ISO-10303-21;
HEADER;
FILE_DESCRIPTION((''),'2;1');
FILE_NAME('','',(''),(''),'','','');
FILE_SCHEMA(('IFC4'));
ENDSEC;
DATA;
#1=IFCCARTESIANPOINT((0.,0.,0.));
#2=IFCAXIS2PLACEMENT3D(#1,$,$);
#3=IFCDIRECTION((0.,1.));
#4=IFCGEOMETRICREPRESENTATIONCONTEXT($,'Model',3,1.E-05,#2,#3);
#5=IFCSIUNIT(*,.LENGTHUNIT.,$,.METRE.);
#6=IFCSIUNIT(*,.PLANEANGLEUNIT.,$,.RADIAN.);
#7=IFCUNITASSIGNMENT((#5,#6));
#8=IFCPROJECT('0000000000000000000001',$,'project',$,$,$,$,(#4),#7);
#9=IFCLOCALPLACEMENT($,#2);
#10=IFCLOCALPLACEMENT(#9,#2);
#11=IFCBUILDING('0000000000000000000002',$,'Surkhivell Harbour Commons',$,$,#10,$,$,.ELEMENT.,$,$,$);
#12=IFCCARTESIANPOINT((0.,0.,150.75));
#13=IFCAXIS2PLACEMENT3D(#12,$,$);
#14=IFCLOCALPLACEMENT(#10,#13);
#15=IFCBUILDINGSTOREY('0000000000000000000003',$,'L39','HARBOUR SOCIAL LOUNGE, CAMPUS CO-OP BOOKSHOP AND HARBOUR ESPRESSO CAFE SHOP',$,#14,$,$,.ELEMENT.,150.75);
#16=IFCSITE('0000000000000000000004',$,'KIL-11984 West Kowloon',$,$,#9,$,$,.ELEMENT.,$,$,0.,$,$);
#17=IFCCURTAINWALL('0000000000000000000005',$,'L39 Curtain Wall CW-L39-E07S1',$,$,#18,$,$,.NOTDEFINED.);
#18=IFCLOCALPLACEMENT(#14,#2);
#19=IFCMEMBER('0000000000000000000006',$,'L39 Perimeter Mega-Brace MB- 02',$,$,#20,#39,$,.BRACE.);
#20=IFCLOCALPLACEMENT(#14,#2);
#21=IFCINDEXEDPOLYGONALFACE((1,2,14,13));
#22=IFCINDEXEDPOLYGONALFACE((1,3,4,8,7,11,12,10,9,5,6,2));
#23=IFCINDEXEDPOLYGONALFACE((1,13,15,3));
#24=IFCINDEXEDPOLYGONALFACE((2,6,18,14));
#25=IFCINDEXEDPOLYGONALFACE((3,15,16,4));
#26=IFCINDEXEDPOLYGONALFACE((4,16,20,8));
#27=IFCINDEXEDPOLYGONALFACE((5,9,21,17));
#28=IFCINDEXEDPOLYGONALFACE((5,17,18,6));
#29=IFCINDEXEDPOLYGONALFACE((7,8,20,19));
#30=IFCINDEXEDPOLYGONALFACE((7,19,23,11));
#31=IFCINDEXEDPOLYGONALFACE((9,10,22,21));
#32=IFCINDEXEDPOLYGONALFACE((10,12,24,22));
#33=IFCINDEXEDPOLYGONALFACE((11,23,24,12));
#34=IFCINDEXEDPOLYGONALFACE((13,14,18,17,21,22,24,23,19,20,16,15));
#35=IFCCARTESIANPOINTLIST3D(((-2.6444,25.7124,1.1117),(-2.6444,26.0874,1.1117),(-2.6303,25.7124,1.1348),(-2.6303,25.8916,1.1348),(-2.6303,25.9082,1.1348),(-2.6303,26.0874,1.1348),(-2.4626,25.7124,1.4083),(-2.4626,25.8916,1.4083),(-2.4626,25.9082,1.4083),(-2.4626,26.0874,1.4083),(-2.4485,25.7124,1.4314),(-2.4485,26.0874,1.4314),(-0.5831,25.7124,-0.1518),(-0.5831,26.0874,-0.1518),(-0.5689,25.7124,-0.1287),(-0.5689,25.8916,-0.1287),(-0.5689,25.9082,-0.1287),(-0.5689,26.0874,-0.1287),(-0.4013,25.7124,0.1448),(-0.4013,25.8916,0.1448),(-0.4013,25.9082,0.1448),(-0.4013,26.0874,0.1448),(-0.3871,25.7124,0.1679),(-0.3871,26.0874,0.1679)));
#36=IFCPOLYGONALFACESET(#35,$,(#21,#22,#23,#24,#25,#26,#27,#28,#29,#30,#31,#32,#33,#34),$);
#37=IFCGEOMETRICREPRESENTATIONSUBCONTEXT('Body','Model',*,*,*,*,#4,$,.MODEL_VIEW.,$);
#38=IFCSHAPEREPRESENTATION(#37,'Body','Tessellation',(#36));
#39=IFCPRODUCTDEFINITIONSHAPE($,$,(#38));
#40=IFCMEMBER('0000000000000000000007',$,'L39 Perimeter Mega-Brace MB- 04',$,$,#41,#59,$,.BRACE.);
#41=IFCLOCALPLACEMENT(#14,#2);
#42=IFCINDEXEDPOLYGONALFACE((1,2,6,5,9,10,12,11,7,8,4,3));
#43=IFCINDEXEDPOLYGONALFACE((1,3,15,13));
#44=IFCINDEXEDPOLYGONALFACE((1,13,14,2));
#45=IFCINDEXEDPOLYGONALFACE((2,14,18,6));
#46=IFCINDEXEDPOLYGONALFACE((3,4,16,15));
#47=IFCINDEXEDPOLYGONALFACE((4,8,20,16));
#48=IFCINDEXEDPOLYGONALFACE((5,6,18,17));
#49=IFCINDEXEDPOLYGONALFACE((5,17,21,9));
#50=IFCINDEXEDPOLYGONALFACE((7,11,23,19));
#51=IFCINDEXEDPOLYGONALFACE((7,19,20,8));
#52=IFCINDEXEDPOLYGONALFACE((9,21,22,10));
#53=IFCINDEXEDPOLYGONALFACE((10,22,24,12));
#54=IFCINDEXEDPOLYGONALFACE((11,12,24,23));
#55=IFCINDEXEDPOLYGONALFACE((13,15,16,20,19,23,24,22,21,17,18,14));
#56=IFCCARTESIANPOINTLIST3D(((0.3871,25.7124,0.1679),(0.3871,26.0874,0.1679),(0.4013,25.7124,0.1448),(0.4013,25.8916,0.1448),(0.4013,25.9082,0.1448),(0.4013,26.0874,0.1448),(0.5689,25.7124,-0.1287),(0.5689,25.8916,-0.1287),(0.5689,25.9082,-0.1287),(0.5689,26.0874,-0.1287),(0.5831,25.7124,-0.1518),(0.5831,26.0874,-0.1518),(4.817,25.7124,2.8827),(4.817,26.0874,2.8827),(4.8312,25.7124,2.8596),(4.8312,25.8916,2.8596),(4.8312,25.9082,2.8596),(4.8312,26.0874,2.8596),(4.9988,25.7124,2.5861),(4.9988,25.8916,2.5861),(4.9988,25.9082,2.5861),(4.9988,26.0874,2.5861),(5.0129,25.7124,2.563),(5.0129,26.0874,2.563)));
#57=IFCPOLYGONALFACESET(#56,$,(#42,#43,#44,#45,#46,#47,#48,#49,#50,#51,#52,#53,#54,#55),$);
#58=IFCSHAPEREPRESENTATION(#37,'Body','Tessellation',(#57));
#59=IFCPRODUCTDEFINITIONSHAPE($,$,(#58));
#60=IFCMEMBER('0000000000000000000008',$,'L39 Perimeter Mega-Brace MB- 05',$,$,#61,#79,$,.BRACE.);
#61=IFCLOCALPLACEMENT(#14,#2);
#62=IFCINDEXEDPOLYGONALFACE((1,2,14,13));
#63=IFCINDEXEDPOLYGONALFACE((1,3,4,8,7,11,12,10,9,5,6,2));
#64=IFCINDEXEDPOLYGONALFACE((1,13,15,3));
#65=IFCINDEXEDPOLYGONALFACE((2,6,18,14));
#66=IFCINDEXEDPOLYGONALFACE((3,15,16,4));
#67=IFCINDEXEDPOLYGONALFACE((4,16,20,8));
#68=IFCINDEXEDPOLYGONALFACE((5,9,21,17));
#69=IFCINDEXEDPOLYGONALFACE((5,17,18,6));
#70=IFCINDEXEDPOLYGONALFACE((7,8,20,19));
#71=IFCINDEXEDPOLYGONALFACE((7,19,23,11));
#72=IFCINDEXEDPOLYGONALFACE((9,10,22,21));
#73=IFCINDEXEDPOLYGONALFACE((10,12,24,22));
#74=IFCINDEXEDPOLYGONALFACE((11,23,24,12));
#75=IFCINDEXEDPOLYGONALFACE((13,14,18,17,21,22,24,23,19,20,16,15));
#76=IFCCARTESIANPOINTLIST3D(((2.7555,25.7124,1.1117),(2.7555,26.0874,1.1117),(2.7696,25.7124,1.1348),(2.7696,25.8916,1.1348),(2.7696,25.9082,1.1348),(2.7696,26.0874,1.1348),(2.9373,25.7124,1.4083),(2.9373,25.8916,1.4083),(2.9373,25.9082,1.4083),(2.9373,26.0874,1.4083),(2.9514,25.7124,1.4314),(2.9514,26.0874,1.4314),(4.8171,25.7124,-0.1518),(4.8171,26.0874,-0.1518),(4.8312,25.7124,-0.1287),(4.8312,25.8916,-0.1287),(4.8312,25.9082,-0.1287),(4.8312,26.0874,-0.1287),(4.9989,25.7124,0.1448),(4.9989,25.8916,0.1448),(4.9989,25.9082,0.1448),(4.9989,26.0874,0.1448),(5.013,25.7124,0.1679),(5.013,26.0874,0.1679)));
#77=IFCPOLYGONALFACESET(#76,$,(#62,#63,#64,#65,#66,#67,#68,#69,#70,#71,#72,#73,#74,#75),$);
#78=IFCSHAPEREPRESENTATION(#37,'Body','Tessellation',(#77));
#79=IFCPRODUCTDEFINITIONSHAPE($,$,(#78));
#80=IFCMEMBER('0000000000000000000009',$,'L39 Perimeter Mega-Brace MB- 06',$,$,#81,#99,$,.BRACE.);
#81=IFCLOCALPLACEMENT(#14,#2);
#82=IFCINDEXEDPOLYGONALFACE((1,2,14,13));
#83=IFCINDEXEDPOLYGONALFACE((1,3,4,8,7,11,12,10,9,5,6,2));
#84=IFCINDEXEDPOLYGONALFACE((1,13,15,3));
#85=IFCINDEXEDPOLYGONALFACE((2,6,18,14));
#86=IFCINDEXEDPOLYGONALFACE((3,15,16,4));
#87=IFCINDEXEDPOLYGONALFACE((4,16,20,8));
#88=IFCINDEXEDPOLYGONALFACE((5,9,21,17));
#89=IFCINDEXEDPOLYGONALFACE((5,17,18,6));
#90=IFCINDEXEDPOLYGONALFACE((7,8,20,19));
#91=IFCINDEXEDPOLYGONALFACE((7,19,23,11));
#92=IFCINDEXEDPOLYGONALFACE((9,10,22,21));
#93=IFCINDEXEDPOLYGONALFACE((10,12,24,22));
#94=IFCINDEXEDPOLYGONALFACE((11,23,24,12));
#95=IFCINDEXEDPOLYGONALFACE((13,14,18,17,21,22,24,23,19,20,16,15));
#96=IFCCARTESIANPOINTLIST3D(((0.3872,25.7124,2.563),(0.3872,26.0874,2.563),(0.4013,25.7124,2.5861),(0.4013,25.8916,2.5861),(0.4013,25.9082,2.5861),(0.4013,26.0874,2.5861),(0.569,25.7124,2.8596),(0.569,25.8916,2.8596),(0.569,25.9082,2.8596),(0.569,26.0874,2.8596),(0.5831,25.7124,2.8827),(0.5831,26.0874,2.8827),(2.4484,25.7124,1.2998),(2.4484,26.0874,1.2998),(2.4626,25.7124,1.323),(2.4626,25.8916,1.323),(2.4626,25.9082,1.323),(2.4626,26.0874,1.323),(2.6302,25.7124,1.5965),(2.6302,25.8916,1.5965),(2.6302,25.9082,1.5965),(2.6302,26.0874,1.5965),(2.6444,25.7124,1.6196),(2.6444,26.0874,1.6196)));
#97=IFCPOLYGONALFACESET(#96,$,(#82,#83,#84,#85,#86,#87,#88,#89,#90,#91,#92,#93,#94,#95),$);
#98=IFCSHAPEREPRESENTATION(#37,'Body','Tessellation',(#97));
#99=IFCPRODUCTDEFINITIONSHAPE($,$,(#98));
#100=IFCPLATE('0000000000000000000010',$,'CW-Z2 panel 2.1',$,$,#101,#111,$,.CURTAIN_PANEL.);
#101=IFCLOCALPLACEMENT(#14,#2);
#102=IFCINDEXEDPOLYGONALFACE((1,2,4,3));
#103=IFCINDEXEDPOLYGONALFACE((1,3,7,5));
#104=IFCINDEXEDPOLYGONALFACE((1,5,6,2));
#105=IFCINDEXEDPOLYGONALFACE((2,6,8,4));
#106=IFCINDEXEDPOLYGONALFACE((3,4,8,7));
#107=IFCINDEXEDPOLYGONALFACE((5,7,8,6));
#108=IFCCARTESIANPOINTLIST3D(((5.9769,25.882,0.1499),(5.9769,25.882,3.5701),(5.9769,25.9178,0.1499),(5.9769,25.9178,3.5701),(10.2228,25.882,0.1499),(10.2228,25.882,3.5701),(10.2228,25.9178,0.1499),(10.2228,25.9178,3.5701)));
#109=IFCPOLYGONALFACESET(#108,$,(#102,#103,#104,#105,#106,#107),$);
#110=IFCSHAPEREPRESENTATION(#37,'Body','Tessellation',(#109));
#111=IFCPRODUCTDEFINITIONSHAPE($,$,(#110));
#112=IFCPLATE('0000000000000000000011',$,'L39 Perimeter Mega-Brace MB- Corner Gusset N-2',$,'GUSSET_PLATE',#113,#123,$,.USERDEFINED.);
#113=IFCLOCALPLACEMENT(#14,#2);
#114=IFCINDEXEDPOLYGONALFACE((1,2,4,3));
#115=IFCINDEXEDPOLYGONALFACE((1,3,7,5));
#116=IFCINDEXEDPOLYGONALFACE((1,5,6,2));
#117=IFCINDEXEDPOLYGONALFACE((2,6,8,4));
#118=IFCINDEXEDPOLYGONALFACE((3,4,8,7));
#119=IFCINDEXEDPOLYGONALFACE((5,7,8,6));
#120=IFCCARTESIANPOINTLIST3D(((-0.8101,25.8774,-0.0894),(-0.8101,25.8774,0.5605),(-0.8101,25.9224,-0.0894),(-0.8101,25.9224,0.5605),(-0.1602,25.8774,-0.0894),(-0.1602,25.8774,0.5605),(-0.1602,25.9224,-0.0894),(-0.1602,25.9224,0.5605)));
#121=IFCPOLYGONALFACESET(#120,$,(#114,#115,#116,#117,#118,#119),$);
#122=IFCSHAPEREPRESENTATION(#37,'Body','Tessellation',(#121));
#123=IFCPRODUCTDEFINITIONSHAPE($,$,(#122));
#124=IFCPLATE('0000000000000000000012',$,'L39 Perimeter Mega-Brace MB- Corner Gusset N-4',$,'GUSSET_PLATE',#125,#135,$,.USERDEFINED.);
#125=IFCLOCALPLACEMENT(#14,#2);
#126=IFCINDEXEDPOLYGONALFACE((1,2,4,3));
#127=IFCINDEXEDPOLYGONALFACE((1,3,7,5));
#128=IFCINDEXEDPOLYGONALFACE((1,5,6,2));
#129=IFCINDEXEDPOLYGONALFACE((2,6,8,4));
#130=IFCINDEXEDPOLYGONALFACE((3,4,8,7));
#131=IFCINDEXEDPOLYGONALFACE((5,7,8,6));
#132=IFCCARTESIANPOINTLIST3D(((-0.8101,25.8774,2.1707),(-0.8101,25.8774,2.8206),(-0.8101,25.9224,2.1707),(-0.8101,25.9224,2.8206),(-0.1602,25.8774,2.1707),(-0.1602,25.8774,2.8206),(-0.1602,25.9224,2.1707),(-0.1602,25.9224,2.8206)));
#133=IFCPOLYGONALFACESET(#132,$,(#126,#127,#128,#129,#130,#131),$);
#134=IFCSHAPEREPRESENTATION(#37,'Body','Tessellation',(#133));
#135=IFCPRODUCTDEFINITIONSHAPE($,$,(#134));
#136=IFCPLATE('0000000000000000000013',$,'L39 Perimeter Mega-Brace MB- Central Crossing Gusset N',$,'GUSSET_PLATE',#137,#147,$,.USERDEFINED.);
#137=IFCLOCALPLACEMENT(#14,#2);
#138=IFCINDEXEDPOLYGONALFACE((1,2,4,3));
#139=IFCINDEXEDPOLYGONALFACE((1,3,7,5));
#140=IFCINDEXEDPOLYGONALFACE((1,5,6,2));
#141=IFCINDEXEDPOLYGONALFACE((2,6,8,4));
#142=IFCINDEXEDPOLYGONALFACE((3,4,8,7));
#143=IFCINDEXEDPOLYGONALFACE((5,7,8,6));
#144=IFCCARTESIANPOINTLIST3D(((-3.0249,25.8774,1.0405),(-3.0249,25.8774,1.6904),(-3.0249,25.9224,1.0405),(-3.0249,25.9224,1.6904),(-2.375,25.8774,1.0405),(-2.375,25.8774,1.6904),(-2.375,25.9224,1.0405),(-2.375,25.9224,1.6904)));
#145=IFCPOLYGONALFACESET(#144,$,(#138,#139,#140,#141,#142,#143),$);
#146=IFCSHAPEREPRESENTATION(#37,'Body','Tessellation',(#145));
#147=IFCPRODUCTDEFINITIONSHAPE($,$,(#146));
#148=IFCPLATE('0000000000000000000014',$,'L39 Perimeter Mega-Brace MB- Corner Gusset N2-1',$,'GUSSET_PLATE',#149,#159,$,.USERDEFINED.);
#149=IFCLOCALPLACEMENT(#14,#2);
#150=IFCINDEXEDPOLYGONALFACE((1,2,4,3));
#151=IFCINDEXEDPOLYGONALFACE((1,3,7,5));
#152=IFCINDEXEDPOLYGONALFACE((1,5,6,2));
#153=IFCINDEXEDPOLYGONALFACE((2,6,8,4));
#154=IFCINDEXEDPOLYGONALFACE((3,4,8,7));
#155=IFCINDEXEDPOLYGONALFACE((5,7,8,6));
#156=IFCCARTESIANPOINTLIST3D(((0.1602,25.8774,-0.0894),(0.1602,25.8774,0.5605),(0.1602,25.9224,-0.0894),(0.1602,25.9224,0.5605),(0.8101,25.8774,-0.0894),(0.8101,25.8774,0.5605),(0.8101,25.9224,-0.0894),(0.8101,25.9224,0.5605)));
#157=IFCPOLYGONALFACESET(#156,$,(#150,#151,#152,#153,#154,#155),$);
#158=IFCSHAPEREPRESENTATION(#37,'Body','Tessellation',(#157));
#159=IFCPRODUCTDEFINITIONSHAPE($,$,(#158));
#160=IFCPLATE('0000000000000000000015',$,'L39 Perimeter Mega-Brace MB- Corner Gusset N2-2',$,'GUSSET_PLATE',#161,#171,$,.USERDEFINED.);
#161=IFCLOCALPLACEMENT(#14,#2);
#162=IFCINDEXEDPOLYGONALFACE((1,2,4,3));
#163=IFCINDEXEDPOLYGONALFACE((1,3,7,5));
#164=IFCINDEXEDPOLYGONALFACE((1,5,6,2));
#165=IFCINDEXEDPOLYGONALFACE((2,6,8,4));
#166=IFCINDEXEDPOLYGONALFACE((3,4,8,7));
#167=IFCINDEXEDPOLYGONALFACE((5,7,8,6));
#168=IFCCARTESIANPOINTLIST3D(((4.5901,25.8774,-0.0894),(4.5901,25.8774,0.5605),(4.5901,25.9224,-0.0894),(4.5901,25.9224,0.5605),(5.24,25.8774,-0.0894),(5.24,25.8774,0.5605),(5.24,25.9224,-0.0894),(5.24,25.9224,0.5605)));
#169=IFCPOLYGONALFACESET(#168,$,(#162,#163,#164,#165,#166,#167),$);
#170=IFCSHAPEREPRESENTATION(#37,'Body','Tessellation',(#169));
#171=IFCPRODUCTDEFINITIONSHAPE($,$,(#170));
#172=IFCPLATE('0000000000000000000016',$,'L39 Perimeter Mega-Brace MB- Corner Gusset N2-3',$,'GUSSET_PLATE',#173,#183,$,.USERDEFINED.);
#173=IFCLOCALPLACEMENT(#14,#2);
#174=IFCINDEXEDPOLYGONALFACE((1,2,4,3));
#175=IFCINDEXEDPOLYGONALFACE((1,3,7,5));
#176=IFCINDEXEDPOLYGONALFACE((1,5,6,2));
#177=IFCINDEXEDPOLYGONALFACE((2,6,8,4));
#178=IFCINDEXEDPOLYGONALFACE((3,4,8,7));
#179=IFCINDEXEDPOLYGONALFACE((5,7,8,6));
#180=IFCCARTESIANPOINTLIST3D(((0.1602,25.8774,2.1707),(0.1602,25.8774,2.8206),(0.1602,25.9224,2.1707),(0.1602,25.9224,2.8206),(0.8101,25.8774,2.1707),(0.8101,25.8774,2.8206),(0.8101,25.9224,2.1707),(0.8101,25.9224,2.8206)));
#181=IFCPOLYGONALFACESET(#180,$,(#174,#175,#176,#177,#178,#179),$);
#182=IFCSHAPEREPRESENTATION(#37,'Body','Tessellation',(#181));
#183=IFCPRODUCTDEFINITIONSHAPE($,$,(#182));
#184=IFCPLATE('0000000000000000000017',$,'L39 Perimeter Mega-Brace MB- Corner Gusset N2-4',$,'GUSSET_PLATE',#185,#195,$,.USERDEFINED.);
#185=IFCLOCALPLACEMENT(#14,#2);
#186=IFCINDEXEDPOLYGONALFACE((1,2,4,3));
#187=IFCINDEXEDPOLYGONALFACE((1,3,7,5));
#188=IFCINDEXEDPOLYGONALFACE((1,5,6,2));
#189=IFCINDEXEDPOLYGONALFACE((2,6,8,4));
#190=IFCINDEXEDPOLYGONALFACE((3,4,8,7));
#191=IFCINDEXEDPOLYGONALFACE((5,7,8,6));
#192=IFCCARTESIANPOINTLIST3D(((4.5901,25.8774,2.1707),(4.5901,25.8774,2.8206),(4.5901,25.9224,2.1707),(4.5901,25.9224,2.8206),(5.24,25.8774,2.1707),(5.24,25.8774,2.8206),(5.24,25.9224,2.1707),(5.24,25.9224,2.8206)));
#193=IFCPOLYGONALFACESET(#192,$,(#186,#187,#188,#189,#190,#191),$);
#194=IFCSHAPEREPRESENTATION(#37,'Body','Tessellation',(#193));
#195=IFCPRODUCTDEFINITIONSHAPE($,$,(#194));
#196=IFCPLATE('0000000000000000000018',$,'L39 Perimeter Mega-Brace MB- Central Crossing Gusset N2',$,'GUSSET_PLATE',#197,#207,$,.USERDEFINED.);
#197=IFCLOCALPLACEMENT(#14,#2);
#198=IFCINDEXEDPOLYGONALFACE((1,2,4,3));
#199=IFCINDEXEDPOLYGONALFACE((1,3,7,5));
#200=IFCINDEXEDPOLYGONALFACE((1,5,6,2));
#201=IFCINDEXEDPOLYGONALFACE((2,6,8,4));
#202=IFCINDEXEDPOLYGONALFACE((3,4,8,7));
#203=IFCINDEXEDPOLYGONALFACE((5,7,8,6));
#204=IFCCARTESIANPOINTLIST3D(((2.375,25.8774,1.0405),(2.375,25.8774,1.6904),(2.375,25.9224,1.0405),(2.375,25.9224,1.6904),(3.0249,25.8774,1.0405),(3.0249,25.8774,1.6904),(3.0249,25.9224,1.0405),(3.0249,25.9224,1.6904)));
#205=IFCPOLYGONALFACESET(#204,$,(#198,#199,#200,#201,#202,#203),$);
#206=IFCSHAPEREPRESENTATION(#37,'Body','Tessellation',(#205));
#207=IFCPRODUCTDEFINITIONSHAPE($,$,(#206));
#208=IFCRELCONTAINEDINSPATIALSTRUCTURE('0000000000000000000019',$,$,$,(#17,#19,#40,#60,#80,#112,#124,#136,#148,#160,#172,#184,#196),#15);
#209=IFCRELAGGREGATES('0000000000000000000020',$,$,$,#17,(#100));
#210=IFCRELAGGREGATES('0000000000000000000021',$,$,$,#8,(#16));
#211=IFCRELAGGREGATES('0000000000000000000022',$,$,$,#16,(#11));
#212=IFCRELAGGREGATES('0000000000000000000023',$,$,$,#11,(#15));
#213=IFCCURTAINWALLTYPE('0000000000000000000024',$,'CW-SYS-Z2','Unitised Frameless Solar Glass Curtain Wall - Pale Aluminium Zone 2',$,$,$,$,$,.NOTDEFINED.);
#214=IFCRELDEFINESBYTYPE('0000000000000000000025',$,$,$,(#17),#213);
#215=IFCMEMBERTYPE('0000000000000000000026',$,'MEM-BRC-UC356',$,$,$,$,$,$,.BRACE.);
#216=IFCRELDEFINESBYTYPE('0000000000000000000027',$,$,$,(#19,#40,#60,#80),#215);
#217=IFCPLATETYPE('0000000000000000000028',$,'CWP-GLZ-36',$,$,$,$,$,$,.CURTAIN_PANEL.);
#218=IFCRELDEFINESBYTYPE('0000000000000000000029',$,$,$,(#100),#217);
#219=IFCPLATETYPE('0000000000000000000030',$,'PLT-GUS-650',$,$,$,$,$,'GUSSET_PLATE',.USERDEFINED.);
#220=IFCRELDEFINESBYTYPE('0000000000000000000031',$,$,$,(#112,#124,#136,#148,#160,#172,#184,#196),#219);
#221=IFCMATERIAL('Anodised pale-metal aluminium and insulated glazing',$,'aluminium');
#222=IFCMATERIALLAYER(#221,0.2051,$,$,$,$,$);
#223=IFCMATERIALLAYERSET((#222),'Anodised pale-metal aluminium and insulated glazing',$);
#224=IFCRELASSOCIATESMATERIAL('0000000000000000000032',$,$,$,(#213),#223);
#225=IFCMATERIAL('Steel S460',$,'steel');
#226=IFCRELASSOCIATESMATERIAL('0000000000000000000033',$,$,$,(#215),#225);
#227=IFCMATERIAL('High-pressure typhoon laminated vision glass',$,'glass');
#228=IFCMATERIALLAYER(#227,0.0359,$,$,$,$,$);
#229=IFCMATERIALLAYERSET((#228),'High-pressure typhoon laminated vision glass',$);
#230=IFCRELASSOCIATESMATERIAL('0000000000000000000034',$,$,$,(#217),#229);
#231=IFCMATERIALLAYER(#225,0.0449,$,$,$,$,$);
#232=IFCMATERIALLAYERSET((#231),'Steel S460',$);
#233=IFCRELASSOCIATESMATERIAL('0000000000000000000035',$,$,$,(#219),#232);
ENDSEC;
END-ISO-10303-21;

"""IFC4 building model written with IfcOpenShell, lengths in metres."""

from ifc_helpers import new_model, si_unit, direction, frame, frame_2d, origin, origin_2d, place, context, subcontext, project, spatial, rectangle, i_section, extrude, material, layer, layer_set, material_profile, profile_set, type_object, element, aggregate, save


model = new_model("IFC4")

# Units and contexts
model_context = context("Model", 3, precision=1e-05, world=origin(), true_north=direction((0.0, 1.0)))
body_context = subcontext(model_context, "Body", "Model", "MODEL_VIEW")
ifc_project = project(units=[si_unit("LENGTHUNIT", "METRE"), si_unit("PLANEANGLEUNIT", "RADIAN")], contexts=[model_context])

# Site, building, storey
site_placement = place(None, origin())
site = spatial("IfcSite", under=ifc_project, at=site_placement, Name="KIL-11984 West Kowloon", CompositionType="ELEMENT", RefElevation=0.0)
building_placement = place(site_placement, origin())
building = spatial("IfcBuilding", under=site, at=building_placement, Name="Surkhivell Harbour Commons", CompositionType="ELEMENT")
storey_placement = place(building_placement, frame((0.0, 0.0, 150.75)))
storey = spatial("IfcBuildingStorey", under=building, at=storey_placement, Name="L39", Description="HARBOUR SOCIAL LOUNGE, CAMPUS CO-OP BOOKSHOP AND HARBOUR ESPRESSO CAFE SHOP", CompositionType="ELEMENT", Elevation=150.75)

# Shared definitions
ifc_material_1 = material(Name="Steel S460", Category="steel")

# Curtain wall
ifc_material_2 = material(Name="Anodised pale-metal aluminium and insulated glazing", Category="aluminium")
ifc_layer_1 = layer(ifc_material_2, 0.2051)
ifc_layer_set_1 = layer_set([ifc_layer_1], Name="Anodised pale-metal aluminium and insulated glazing")
curtain_wall_type = type_object("IfcCurtainWallType", Name="CW-SYS-Z2", Description="Unitised Frameless Solar Glass Curtain Wall - Pale Aluminium Zone 2", PredefinedType="NOTDEFINED", material=ifc_layer_set_1)
curtain_wall_placement = place(storey_placement, origin())
curtain_wall = element("IfcCurtainWall", 1, at=curtain_wall_placement, inside=storey, type_object=curtain_wall_type, Name="L39 Curtain Wall CW-L39-E07S1", PredefinedType="NOTDEFINED")

# Members
ifc_material_profile_1 = material_profile(ifc_material_1, i_section(OverallWidth=0.375, OverallDepth=0.375, WebThickness=0.0166, FlangeThickness=0.0271, at=origin_2d()), Name="UC356x368x202")
ifc_profile_set_1 = profile_set([ifc_material_profile_1], Name="Steel S460")
member_type_1 = type_object("IfcMemberType", Name="MEM-BRC-UC356", PredefinedType="BRACE", material=ifc_profile_set_1)
member_1_placement = place(storey_placement, frame((-0.4851, 25.8999, 0.0081), z_axis=(-0.85259, 0.0, 0.522581), x_axis=(0.0, -1.0, 0.0)))
element("IfcMember", 2, at=member_1_placement, inside=storey, type_object=member_type_1, Name="L39 Perimeter Mega-Brace MB- 02", PredefinedType="BRACE", context=body_context, shape_type="SweptSolid", body=[
    extrude(i_section(OverallWidth=0.375, OverallDepth=0.375, WebThickness=0.0166, FlangeThickness=0.0271, at=origin_2d()), origin(), (0.0, 0.0, 1.0), 2.4177),
])
member_2_placement = place(storey_placement, frame((0.4851, 25.8999, 0.0081), z_axis=(0.852625, 0.0, 0.522523), x_axis=(0.0, 1.0, 0.0)))
element("IfcMember", 3, at=member_2_placement, inside=storey, type_object=member_type_1, Name="L39 Perimeter Mega-Brace MB- 04", PredefinedType="BRACE", context=body_context, shape_type="SweptSolid", body=[
    extrude(i_section(OverallWidth=0.375, OverallDepth=0.375, WebThickness=0.0166, FlangeThickness=0.0271, at=origin_2d()), origin(), (0.0, 0.0, 1.0), 5.1956),
])
member_3_placement = place(storey_placement, frame((4.915, 25.8999, 0.0081), z_axis=(-0.852617, 0.0, 0.522536), x_axis=(0.0, -1.0, 0.0)))
element("IfcMember", 4, at=member_3_placement, inside=storey, type_object=member_type_1, Name="L39 Perimeter Mega-Brace MB- 05", PredefinedType="BRACE", context=body_context, shape_type="SweptSolid", body=[
    extrude(i_section(OverallWidth=0.375, OverallDepth=0.375, WebThickness=0.0166, FlangeThickness=0.0271, at=origin_2d()), origin(), (0.0, 0.0, 1.0), 2.418),
])
member_4_placement = place(storey_placement, frame((2.5464, 25.8999, 1.4597), z_axis=(-0.852635, 0.0, 0.522508), x_axis=(0.0, -1.0, 0.0)))
element("IfcMember", 5, at=member_4_placement, inside=storey, type_object=member_type_1, Name="L39 Perimeter Mega-Brace MB- 06", PredefinedType="BRACE", context=body_context, shape_type="SweptSolid", body=[
    extrude(i_section(OverallWidth=0.375, OverallDepth=0.375, WebThickness=0.0166, FlangeThickness=0.0271, at=origin_2d()), origin(), (0.0, 0.0, 1.0), 2.4175),
])

# Plate
ifc_material_3 = material(Name="High-pressure typhoon laminated vision glass", Category="glass")
ifc_layer_2 = layer(ifc_material_3, 0.0359)
ifc_layer_set_2 = layer_set([ifc_layer_2], Name="High-pressure typhoon laminated vision glass")
plate_type_1 = type_object("IfcPlateType", Name="CWP-GLZ-36", PredefinedType="CURTAIN_PANEL", material=ifc_layer_set_2)
plate_placement = place(storey_placement, frame((10.2229, 25.8999, 0.1499), z_axis=(0.0, 0.0, 1.0), x_axis=(-1.0, 0.0, 0.0)))
plate = element("IfcPlate", 6, at=plate_placement, type_object=plate_type_1, Name="CW-Z2 panel 2.1", PredefinedType="CURTAIN_PANEL", context=body_context, shape_type="SweptSolid", body=[
    extrude(rectangle(XDim=4.2458, YDim=0.0359, at=frame_2d((2.123, 0.0))), origin(), (0.0, 0.0, 1.0), 3.4202),
])
aggregate(curtain_wall, [plate])

# Plates
ifc_layer_3 = layer(ifc_material_1, 0.0449)
ifc_layer_set_3 = layer_set([ifc_layer_3], Name="Steel S460")
plate_type_2 = type_object("IfcPlateType", Name="PLT-GUS-650", ElementType="GUSSET_PLATE", PredefinedType="USERDEFINED", material=ifc_layer_set_3)
for number, where, z_axis, x_axis, name in (
    (7, (-0.4851, 25.8999, -0.0894), (0.0, 0.0, 1.0), (1.0, 0.0, 0.0), "L39 Perimeter Mega-Brace MB- Corner Gusset N-2"),
    (8, (-0.4851, 25.8999, 2.1707), (0.0, 0.0, 1.0), (1.0, 0.0, 0.0), "L39 Perimeter Mega-Brace MB- Corner Gusset N-4"),
    (9, (-2.7, 25.8999, 1.0405), (0.0, 0.0, 1.0), (1.0, 0.0, 0.0), "L39 Perimeter Mega-Brace MB- Central Crossing Gusset N"),
    (10, (0.4851, 25.8999, -0.0894), (0.0, 0.0, 1.0), (1.0, 0.0, 0.0), "L39 Perimeter Mega-Brace MB- Corner Gusset N2-1"),
    (11, (4.915, 25.8999, -0.0894), (0.0, 0.0, 1.0), (1.0, 0.0, 0.0), "L39 Perimeter Mega-Brace MB- Corner Gusset N2-2"),
    (12, (0.4851, 25.8999, 2.1707), (0.0, 0.0, 1.0), (1.0, 0.0, 0.0), "L39 Perimeter Mega-Brace MB- Corner Gusset N2-3"),
    (13, (4.915, 25.8999, 2.1707), (0.0, 0.0, 1.0), (1.0, 0.0, 0.0), "L39 Perimeter Mega-Brace MB- Corner Gusset N2-4"),
    (14, (2.7, 25.8999, 1.0405), (0.0, 0.0, 1.0), (1.0, 0.0, 0.0), "L39 Perimeter Mega-Brace MB- Central Crossing Gusset N2"),
):
    element("IfcPlate", number, at=place(storey_placement, frame(where, z_axis=z_axis, x_axis=x_axis)), inside=storey, type_object=plate_type_2, Name=name, ObjectType="GUSSET_PLATE", PredefinedType="USERDEFINED", context=body_context, shape_type="SweptSolid", body=[
        extrude(rectangle(XDim=0.6499, YDim=0.0449, at=origin_2d()), origin(), (0.0, 0.0, 1.0), 0.6499),
    ])

save(model, "model.ifc")
